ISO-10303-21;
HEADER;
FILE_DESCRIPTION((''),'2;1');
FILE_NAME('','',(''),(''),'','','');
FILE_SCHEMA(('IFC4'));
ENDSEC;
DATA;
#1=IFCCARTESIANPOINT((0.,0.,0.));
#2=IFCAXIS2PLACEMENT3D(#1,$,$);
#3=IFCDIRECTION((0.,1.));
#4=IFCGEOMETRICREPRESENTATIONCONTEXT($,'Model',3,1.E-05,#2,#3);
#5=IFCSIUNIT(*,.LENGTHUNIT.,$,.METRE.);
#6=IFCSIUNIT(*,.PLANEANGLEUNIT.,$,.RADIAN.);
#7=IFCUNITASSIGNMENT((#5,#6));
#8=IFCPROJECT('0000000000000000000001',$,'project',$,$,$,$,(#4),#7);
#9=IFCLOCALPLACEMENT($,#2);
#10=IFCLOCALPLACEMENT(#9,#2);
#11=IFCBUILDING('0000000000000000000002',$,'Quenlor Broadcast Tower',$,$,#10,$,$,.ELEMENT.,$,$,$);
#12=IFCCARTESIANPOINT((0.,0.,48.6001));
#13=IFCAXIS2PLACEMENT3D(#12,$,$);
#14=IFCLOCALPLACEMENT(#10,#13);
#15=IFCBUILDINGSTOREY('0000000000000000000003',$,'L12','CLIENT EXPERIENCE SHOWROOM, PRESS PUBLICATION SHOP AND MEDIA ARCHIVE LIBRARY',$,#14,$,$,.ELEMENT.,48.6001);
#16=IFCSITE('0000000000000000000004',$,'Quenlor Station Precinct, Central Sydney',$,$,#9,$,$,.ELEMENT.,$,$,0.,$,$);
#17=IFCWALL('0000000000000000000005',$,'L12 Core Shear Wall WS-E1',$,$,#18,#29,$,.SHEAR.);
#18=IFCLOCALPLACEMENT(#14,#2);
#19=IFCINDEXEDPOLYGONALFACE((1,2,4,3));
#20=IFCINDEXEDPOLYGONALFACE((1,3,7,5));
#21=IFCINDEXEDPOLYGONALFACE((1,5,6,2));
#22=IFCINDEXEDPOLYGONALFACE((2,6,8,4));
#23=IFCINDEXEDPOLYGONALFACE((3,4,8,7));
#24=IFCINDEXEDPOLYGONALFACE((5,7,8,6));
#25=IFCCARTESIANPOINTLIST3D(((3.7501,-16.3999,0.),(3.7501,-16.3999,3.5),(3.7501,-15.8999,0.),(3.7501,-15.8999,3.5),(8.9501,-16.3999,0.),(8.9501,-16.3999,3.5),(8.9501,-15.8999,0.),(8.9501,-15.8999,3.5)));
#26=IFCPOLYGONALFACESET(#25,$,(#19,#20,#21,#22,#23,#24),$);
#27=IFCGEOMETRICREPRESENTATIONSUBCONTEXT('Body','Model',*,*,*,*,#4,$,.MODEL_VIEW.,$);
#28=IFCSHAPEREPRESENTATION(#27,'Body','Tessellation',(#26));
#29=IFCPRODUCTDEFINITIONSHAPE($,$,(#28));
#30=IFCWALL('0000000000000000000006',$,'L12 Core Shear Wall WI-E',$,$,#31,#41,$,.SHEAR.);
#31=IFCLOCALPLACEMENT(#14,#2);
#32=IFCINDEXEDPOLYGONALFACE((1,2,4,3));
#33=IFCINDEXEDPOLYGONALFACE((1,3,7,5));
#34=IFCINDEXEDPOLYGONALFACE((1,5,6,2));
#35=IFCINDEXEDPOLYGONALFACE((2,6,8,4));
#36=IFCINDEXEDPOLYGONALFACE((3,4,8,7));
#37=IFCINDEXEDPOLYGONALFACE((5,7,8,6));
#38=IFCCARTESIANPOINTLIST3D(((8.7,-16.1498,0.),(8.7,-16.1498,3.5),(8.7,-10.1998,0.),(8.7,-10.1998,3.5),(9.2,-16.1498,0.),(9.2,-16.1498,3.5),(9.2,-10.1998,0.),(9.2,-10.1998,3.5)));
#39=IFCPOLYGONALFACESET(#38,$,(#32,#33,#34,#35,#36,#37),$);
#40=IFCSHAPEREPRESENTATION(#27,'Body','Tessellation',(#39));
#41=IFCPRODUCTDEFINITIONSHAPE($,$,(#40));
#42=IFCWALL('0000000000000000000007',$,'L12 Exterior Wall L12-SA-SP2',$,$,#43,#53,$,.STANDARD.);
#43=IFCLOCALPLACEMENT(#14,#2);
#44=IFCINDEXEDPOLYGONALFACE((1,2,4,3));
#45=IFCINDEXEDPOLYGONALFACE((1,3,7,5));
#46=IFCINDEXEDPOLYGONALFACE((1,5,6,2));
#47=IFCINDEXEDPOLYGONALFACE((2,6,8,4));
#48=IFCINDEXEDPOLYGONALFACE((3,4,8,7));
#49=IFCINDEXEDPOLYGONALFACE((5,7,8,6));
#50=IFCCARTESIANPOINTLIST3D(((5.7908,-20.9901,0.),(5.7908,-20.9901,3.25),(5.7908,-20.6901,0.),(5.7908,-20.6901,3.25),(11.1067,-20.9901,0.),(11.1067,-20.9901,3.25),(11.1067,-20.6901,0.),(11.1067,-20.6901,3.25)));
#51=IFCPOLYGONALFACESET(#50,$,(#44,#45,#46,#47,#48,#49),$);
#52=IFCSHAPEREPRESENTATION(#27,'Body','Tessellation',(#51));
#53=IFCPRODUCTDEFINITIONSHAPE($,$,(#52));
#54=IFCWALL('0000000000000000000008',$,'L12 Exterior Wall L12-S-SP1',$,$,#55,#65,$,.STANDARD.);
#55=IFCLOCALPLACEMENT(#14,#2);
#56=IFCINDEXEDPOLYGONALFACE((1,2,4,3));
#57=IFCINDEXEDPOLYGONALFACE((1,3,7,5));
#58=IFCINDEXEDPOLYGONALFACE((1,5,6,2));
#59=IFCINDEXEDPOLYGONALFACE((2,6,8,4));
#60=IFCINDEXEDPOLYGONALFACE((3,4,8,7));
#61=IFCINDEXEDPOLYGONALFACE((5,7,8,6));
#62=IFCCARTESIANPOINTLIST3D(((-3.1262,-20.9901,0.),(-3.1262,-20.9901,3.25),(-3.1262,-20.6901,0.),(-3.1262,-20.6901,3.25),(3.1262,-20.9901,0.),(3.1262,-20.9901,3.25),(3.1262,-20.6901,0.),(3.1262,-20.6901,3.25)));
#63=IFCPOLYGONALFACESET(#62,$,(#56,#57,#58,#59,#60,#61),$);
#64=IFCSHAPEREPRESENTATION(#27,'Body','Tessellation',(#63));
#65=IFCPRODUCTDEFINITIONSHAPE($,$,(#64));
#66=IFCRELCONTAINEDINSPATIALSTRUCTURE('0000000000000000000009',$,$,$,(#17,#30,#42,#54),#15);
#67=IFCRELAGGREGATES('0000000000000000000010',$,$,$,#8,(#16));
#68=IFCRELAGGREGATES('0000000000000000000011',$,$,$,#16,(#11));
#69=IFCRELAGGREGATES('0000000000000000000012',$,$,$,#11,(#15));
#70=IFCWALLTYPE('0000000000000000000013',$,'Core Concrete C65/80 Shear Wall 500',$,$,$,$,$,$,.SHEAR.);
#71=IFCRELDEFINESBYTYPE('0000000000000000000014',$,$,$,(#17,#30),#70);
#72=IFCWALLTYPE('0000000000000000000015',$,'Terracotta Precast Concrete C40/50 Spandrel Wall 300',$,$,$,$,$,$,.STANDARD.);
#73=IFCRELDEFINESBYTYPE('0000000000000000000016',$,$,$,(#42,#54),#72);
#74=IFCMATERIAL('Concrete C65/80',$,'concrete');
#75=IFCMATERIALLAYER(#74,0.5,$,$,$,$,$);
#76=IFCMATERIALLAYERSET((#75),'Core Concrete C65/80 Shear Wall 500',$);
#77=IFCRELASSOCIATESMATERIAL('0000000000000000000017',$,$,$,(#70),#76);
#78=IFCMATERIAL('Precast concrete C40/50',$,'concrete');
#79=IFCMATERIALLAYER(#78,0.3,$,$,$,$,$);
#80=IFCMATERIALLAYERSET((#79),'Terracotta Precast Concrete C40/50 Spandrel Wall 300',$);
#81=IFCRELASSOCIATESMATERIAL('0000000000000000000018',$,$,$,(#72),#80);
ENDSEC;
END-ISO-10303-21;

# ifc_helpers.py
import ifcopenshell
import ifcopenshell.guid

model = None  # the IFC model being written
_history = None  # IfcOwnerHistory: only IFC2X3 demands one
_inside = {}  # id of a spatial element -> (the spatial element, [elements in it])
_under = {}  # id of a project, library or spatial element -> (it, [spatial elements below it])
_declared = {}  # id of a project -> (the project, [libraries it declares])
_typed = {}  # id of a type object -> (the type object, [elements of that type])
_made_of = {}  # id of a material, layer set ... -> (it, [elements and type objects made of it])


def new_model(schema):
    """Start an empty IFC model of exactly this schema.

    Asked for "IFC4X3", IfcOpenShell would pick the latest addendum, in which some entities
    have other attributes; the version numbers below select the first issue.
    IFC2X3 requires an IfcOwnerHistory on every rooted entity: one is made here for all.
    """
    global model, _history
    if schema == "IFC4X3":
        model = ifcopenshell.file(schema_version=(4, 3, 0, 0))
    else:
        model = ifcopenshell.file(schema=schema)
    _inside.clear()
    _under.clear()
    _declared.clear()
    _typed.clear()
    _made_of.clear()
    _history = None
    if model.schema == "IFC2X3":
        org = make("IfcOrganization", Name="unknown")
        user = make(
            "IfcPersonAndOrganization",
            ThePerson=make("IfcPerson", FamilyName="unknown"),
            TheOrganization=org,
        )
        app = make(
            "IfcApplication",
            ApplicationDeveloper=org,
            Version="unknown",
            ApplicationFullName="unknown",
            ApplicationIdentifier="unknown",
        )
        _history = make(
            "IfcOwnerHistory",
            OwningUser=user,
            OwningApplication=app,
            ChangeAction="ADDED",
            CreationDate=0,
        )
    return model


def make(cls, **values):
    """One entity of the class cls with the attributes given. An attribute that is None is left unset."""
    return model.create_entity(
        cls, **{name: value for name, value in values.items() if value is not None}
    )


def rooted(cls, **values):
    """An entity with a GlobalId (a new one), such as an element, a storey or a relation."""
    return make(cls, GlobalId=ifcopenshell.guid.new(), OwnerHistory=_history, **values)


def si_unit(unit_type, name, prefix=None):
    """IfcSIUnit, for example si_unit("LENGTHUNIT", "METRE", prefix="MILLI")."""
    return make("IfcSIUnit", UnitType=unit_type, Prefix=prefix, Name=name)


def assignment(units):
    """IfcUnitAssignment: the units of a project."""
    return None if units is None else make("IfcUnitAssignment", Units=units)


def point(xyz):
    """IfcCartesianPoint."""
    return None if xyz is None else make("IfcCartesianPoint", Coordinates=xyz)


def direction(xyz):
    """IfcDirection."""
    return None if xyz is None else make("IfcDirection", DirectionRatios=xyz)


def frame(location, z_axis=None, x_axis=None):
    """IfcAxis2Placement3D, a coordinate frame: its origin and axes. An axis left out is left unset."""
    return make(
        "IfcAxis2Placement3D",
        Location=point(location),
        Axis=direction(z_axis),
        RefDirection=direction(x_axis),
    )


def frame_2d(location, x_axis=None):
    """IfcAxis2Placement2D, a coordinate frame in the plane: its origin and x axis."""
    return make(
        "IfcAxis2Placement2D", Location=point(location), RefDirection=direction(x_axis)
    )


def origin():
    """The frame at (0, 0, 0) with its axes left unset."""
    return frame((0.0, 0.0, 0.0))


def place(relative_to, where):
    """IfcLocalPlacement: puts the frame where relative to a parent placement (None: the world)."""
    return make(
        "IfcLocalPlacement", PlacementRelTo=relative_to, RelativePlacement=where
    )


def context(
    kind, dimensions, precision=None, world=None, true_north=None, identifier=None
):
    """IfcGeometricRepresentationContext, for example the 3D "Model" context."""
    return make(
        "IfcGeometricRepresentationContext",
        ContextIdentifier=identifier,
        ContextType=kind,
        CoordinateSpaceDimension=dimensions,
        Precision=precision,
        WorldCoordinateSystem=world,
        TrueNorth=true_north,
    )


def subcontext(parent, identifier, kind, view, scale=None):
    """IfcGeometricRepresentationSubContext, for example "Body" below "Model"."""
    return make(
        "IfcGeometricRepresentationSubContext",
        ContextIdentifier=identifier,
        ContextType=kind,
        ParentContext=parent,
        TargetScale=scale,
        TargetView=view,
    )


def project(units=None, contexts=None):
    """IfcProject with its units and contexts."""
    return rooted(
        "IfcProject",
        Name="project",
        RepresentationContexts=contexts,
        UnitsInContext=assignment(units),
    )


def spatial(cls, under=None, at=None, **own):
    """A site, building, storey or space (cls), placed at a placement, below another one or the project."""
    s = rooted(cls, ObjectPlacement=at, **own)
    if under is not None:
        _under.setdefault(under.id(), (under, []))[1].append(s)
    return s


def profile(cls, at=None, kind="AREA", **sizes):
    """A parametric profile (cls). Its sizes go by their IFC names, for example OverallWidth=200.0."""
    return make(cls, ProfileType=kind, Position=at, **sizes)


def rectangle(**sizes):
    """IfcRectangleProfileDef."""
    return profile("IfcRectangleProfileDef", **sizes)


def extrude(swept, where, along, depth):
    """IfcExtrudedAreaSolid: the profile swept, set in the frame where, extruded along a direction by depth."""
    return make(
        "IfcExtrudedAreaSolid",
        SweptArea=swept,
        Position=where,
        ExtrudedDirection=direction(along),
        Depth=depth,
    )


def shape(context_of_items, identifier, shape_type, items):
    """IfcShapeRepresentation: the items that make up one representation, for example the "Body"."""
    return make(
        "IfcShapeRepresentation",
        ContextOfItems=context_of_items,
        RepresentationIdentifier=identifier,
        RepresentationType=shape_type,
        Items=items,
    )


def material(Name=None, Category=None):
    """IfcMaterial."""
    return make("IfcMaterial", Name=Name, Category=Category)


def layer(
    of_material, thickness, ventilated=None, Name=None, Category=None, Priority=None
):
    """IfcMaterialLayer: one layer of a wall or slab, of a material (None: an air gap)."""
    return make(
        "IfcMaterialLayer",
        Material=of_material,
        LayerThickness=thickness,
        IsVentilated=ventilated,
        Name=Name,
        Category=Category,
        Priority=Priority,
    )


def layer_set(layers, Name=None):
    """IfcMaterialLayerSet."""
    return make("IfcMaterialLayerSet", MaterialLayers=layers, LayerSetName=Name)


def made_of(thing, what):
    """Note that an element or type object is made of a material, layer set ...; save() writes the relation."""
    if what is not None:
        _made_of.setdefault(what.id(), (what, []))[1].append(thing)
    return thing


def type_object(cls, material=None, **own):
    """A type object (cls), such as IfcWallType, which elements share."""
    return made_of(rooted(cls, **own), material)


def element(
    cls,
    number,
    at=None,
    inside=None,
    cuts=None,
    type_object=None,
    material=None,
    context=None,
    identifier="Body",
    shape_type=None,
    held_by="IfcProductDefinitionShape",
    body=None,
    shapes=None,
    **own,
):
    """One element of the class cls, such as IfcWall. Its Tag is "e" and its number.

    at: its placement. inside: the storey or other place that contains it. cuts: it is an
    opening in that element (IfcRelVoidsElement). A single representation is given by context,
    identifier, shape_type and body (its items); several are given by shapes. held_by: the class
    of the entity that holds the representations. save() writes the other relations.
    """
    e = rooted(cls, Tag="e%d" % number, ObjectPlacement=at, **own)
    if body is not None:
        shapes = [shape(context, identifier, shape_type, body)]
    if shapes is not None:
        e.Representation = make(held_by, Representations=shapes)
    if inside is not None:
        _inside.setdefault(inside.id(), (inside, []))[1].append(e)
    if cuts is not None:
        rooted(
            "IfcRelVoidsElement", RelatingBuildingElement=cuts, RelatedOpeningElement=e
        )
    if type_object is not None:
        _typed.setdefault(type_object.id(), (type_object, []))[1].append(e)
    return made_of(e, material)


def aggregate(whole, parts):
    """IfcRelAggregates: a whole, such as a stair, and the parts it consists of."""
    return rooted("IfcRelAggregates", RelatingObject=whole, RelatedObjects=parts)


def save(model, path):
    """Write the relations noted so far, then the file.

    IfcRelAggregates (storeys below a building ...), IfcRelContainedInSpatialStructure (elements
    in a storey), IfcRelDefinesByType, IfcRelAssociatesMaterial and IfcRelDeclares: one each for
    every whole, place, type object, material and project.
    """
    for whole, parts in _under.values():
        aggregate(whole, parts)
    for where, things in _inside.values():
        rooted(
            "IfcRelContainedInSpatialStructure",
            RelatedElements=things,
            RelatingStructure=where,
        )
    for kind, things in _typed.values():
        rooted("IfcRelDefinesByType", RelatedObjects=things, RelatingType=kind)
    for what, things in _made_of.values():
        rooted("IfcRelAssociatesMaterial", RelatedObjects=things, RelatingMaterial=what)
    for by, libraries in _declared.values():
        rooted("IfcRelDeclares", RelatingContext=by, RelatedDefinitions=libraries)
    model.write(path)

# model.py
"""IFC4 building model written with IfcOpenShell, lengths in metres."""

from ifc_helpers import new_model, si_unit, direction, frame, frame_2d, origin, place, context, subcontext, project, spatial, rectangle, extrude, material, layer, layer_set, type_object, element, save


model = new_model("IFC4")

# Units and contexts
model_context = context("Model", 3, precision=1e-05, world=origin(), true_north=direction((0.0, 1.0)))
body_context = subcontext(model_context, "Body", "Model", "MODEL_VIEW")
ifc_project = project(units=[si_unit("LENGTHUNIT", "METRE"), si_unit("PLANEANGLEUNIT", "RADIAN")], contexts=[model_context])

# Site, building, storey
site_placement = place(None, origin())
site = spatial("IfcSite", under=ifc_project, at=site_placement, Name="Quenlor Station Precinct, Central Sydney", CompositionType="ELEMENT", RefElevation=0.0)
building_placement = place(site_placement, origin())
building = spatial("IfcBuilding", under=site, at=building_placement, Name="Quenlor Broadcast Tower", CompositionType="ELEMENT")
storey_placement = place(building_placement, frame((0.0, 0.0, 48.6001)))
storey = spatial("IfcBuildingStorey", under=building, at=storey_placement, Name="L12", Description="CLIENT EXPERIENCE SHOWROOM, PRESS PUBLICATION SHOP AND MEDIA ARCHIVE LIBRARY", CompositionType="ELEMENT", Elevation=48.6001)

# Walls
ifc_material_1 = material(Name="Concrete C65/80", Category="concrete")
ifc_layer_1 = layer(ifc_material_1, 0.5)
ifc_layer_set_1 = layer_set([ifc_layer_1], Name="Core Concrete C65/80 Shear Wall 500")
wall_type_1 = type_object("IfcWallType", Name="Core Concrete C65/80 Shear Wall 500", PredefinedType="SHEAR", material=ifc_layer_set_1)
wall_1_placement = place(storey_placement, frame((3.75, -16.1499, 0.0), z_axis=(0.0, 0.0, 1.0), x_axis=(1.0, 0.0, 0.0)))
element("IfcWall", 1, at=wall_1_placement, inside=storey, type_object=wall_type_1, Name="L12 Core Shear Wall WS-E1", PredefinedType="SHEAR", context=body_context, shape_type="SweptSolid", body=[
    extrude(rectangle(XDim=5.2, YDim=0.5, at=frame_2d((2.6001, 0.0))), origin(), (0.0, 0.0, 1.0), 3.5),
])
wall_2_placement = place(storey_placement, frame((8.95, -16.1499, 0.0), z_axis=(0.0, 0.0, 1.0), x_axis=(0.0, 1.0, 0.0)))
element("IfcWall", 2, at=wall_2_placement, inside=storey, type_object=wall_type_1, Name="L12 Core Shear Wall WI-E", PredefinedType="SHEAR", context=body_context, shape_type="SweptSolid", body=[
    extrude(rectangle(XDim=5.95, YDim=0.5, at=frame_2d((2.9751, 0.0))), origin(), (0.0, 0.0, 1.0), 3.5),
])
ifc_material_2 = material(Name="Precast concrete C40/50", Category="concrete")
ifc_layer_2 = layer(ifc_material_2, 0.3)
ifc_layer_set_2 = layer_set([ifc_layer_2], Name="Terracotta Precast Concrete C40/50 Spandrel Wall 300")
wall_type_2 = type_object("IfcWallType", Name="Terracotta Precast Concrete C40/50 Spandrel Wall 300", PredefinedType="STANDARD", material=ifc_layer_set_2)
wall_3_placement = place(storey_placement, frame((11.1067, -20.8401, 0.0), z_axis=(0.0, 0.0, 1.0), x_axis=(-1.0, 0.0, 0.0)))
element("IfcWall", 3, at=wall_3_placement, inside=storey, type_object=wall_type_2, Name="L12 Exterior Wall L12-SA-SP2", PredefinedType="STANDARD", context=body_context, shape_type="SweptSolid", body=[
    extrude(rectangle(XDim=5.3159, YDim=0.3, at=frame_2d((2.658, 0.0))), origin(), (0.0, 0.0, 1.0), 3.25),
])
wall_4_placement = place(storey_placement, frame((3.1262, -20.8401, 0.0), z_axis=(0.0, 0.0, 1.0), x_axis=(-1.0, 0.0, 0.0)))
element("IfcWall", 4, at=wall_4_placement, inside=storey, type_object=wall_type_2, Name="L12 Exterior Wall L12-S-SP1", PredefinedType="STANDARD", context=body_context, shape_type="SweptSolid", body=[
    extrude(rectangle(XDim=6.2524, YDim=0.3, at=frame_2d((3.1262, 0.0))), origin(), (0.0, 0.0, 1.0), 3.25),
])

save(model, "model.ifc")
